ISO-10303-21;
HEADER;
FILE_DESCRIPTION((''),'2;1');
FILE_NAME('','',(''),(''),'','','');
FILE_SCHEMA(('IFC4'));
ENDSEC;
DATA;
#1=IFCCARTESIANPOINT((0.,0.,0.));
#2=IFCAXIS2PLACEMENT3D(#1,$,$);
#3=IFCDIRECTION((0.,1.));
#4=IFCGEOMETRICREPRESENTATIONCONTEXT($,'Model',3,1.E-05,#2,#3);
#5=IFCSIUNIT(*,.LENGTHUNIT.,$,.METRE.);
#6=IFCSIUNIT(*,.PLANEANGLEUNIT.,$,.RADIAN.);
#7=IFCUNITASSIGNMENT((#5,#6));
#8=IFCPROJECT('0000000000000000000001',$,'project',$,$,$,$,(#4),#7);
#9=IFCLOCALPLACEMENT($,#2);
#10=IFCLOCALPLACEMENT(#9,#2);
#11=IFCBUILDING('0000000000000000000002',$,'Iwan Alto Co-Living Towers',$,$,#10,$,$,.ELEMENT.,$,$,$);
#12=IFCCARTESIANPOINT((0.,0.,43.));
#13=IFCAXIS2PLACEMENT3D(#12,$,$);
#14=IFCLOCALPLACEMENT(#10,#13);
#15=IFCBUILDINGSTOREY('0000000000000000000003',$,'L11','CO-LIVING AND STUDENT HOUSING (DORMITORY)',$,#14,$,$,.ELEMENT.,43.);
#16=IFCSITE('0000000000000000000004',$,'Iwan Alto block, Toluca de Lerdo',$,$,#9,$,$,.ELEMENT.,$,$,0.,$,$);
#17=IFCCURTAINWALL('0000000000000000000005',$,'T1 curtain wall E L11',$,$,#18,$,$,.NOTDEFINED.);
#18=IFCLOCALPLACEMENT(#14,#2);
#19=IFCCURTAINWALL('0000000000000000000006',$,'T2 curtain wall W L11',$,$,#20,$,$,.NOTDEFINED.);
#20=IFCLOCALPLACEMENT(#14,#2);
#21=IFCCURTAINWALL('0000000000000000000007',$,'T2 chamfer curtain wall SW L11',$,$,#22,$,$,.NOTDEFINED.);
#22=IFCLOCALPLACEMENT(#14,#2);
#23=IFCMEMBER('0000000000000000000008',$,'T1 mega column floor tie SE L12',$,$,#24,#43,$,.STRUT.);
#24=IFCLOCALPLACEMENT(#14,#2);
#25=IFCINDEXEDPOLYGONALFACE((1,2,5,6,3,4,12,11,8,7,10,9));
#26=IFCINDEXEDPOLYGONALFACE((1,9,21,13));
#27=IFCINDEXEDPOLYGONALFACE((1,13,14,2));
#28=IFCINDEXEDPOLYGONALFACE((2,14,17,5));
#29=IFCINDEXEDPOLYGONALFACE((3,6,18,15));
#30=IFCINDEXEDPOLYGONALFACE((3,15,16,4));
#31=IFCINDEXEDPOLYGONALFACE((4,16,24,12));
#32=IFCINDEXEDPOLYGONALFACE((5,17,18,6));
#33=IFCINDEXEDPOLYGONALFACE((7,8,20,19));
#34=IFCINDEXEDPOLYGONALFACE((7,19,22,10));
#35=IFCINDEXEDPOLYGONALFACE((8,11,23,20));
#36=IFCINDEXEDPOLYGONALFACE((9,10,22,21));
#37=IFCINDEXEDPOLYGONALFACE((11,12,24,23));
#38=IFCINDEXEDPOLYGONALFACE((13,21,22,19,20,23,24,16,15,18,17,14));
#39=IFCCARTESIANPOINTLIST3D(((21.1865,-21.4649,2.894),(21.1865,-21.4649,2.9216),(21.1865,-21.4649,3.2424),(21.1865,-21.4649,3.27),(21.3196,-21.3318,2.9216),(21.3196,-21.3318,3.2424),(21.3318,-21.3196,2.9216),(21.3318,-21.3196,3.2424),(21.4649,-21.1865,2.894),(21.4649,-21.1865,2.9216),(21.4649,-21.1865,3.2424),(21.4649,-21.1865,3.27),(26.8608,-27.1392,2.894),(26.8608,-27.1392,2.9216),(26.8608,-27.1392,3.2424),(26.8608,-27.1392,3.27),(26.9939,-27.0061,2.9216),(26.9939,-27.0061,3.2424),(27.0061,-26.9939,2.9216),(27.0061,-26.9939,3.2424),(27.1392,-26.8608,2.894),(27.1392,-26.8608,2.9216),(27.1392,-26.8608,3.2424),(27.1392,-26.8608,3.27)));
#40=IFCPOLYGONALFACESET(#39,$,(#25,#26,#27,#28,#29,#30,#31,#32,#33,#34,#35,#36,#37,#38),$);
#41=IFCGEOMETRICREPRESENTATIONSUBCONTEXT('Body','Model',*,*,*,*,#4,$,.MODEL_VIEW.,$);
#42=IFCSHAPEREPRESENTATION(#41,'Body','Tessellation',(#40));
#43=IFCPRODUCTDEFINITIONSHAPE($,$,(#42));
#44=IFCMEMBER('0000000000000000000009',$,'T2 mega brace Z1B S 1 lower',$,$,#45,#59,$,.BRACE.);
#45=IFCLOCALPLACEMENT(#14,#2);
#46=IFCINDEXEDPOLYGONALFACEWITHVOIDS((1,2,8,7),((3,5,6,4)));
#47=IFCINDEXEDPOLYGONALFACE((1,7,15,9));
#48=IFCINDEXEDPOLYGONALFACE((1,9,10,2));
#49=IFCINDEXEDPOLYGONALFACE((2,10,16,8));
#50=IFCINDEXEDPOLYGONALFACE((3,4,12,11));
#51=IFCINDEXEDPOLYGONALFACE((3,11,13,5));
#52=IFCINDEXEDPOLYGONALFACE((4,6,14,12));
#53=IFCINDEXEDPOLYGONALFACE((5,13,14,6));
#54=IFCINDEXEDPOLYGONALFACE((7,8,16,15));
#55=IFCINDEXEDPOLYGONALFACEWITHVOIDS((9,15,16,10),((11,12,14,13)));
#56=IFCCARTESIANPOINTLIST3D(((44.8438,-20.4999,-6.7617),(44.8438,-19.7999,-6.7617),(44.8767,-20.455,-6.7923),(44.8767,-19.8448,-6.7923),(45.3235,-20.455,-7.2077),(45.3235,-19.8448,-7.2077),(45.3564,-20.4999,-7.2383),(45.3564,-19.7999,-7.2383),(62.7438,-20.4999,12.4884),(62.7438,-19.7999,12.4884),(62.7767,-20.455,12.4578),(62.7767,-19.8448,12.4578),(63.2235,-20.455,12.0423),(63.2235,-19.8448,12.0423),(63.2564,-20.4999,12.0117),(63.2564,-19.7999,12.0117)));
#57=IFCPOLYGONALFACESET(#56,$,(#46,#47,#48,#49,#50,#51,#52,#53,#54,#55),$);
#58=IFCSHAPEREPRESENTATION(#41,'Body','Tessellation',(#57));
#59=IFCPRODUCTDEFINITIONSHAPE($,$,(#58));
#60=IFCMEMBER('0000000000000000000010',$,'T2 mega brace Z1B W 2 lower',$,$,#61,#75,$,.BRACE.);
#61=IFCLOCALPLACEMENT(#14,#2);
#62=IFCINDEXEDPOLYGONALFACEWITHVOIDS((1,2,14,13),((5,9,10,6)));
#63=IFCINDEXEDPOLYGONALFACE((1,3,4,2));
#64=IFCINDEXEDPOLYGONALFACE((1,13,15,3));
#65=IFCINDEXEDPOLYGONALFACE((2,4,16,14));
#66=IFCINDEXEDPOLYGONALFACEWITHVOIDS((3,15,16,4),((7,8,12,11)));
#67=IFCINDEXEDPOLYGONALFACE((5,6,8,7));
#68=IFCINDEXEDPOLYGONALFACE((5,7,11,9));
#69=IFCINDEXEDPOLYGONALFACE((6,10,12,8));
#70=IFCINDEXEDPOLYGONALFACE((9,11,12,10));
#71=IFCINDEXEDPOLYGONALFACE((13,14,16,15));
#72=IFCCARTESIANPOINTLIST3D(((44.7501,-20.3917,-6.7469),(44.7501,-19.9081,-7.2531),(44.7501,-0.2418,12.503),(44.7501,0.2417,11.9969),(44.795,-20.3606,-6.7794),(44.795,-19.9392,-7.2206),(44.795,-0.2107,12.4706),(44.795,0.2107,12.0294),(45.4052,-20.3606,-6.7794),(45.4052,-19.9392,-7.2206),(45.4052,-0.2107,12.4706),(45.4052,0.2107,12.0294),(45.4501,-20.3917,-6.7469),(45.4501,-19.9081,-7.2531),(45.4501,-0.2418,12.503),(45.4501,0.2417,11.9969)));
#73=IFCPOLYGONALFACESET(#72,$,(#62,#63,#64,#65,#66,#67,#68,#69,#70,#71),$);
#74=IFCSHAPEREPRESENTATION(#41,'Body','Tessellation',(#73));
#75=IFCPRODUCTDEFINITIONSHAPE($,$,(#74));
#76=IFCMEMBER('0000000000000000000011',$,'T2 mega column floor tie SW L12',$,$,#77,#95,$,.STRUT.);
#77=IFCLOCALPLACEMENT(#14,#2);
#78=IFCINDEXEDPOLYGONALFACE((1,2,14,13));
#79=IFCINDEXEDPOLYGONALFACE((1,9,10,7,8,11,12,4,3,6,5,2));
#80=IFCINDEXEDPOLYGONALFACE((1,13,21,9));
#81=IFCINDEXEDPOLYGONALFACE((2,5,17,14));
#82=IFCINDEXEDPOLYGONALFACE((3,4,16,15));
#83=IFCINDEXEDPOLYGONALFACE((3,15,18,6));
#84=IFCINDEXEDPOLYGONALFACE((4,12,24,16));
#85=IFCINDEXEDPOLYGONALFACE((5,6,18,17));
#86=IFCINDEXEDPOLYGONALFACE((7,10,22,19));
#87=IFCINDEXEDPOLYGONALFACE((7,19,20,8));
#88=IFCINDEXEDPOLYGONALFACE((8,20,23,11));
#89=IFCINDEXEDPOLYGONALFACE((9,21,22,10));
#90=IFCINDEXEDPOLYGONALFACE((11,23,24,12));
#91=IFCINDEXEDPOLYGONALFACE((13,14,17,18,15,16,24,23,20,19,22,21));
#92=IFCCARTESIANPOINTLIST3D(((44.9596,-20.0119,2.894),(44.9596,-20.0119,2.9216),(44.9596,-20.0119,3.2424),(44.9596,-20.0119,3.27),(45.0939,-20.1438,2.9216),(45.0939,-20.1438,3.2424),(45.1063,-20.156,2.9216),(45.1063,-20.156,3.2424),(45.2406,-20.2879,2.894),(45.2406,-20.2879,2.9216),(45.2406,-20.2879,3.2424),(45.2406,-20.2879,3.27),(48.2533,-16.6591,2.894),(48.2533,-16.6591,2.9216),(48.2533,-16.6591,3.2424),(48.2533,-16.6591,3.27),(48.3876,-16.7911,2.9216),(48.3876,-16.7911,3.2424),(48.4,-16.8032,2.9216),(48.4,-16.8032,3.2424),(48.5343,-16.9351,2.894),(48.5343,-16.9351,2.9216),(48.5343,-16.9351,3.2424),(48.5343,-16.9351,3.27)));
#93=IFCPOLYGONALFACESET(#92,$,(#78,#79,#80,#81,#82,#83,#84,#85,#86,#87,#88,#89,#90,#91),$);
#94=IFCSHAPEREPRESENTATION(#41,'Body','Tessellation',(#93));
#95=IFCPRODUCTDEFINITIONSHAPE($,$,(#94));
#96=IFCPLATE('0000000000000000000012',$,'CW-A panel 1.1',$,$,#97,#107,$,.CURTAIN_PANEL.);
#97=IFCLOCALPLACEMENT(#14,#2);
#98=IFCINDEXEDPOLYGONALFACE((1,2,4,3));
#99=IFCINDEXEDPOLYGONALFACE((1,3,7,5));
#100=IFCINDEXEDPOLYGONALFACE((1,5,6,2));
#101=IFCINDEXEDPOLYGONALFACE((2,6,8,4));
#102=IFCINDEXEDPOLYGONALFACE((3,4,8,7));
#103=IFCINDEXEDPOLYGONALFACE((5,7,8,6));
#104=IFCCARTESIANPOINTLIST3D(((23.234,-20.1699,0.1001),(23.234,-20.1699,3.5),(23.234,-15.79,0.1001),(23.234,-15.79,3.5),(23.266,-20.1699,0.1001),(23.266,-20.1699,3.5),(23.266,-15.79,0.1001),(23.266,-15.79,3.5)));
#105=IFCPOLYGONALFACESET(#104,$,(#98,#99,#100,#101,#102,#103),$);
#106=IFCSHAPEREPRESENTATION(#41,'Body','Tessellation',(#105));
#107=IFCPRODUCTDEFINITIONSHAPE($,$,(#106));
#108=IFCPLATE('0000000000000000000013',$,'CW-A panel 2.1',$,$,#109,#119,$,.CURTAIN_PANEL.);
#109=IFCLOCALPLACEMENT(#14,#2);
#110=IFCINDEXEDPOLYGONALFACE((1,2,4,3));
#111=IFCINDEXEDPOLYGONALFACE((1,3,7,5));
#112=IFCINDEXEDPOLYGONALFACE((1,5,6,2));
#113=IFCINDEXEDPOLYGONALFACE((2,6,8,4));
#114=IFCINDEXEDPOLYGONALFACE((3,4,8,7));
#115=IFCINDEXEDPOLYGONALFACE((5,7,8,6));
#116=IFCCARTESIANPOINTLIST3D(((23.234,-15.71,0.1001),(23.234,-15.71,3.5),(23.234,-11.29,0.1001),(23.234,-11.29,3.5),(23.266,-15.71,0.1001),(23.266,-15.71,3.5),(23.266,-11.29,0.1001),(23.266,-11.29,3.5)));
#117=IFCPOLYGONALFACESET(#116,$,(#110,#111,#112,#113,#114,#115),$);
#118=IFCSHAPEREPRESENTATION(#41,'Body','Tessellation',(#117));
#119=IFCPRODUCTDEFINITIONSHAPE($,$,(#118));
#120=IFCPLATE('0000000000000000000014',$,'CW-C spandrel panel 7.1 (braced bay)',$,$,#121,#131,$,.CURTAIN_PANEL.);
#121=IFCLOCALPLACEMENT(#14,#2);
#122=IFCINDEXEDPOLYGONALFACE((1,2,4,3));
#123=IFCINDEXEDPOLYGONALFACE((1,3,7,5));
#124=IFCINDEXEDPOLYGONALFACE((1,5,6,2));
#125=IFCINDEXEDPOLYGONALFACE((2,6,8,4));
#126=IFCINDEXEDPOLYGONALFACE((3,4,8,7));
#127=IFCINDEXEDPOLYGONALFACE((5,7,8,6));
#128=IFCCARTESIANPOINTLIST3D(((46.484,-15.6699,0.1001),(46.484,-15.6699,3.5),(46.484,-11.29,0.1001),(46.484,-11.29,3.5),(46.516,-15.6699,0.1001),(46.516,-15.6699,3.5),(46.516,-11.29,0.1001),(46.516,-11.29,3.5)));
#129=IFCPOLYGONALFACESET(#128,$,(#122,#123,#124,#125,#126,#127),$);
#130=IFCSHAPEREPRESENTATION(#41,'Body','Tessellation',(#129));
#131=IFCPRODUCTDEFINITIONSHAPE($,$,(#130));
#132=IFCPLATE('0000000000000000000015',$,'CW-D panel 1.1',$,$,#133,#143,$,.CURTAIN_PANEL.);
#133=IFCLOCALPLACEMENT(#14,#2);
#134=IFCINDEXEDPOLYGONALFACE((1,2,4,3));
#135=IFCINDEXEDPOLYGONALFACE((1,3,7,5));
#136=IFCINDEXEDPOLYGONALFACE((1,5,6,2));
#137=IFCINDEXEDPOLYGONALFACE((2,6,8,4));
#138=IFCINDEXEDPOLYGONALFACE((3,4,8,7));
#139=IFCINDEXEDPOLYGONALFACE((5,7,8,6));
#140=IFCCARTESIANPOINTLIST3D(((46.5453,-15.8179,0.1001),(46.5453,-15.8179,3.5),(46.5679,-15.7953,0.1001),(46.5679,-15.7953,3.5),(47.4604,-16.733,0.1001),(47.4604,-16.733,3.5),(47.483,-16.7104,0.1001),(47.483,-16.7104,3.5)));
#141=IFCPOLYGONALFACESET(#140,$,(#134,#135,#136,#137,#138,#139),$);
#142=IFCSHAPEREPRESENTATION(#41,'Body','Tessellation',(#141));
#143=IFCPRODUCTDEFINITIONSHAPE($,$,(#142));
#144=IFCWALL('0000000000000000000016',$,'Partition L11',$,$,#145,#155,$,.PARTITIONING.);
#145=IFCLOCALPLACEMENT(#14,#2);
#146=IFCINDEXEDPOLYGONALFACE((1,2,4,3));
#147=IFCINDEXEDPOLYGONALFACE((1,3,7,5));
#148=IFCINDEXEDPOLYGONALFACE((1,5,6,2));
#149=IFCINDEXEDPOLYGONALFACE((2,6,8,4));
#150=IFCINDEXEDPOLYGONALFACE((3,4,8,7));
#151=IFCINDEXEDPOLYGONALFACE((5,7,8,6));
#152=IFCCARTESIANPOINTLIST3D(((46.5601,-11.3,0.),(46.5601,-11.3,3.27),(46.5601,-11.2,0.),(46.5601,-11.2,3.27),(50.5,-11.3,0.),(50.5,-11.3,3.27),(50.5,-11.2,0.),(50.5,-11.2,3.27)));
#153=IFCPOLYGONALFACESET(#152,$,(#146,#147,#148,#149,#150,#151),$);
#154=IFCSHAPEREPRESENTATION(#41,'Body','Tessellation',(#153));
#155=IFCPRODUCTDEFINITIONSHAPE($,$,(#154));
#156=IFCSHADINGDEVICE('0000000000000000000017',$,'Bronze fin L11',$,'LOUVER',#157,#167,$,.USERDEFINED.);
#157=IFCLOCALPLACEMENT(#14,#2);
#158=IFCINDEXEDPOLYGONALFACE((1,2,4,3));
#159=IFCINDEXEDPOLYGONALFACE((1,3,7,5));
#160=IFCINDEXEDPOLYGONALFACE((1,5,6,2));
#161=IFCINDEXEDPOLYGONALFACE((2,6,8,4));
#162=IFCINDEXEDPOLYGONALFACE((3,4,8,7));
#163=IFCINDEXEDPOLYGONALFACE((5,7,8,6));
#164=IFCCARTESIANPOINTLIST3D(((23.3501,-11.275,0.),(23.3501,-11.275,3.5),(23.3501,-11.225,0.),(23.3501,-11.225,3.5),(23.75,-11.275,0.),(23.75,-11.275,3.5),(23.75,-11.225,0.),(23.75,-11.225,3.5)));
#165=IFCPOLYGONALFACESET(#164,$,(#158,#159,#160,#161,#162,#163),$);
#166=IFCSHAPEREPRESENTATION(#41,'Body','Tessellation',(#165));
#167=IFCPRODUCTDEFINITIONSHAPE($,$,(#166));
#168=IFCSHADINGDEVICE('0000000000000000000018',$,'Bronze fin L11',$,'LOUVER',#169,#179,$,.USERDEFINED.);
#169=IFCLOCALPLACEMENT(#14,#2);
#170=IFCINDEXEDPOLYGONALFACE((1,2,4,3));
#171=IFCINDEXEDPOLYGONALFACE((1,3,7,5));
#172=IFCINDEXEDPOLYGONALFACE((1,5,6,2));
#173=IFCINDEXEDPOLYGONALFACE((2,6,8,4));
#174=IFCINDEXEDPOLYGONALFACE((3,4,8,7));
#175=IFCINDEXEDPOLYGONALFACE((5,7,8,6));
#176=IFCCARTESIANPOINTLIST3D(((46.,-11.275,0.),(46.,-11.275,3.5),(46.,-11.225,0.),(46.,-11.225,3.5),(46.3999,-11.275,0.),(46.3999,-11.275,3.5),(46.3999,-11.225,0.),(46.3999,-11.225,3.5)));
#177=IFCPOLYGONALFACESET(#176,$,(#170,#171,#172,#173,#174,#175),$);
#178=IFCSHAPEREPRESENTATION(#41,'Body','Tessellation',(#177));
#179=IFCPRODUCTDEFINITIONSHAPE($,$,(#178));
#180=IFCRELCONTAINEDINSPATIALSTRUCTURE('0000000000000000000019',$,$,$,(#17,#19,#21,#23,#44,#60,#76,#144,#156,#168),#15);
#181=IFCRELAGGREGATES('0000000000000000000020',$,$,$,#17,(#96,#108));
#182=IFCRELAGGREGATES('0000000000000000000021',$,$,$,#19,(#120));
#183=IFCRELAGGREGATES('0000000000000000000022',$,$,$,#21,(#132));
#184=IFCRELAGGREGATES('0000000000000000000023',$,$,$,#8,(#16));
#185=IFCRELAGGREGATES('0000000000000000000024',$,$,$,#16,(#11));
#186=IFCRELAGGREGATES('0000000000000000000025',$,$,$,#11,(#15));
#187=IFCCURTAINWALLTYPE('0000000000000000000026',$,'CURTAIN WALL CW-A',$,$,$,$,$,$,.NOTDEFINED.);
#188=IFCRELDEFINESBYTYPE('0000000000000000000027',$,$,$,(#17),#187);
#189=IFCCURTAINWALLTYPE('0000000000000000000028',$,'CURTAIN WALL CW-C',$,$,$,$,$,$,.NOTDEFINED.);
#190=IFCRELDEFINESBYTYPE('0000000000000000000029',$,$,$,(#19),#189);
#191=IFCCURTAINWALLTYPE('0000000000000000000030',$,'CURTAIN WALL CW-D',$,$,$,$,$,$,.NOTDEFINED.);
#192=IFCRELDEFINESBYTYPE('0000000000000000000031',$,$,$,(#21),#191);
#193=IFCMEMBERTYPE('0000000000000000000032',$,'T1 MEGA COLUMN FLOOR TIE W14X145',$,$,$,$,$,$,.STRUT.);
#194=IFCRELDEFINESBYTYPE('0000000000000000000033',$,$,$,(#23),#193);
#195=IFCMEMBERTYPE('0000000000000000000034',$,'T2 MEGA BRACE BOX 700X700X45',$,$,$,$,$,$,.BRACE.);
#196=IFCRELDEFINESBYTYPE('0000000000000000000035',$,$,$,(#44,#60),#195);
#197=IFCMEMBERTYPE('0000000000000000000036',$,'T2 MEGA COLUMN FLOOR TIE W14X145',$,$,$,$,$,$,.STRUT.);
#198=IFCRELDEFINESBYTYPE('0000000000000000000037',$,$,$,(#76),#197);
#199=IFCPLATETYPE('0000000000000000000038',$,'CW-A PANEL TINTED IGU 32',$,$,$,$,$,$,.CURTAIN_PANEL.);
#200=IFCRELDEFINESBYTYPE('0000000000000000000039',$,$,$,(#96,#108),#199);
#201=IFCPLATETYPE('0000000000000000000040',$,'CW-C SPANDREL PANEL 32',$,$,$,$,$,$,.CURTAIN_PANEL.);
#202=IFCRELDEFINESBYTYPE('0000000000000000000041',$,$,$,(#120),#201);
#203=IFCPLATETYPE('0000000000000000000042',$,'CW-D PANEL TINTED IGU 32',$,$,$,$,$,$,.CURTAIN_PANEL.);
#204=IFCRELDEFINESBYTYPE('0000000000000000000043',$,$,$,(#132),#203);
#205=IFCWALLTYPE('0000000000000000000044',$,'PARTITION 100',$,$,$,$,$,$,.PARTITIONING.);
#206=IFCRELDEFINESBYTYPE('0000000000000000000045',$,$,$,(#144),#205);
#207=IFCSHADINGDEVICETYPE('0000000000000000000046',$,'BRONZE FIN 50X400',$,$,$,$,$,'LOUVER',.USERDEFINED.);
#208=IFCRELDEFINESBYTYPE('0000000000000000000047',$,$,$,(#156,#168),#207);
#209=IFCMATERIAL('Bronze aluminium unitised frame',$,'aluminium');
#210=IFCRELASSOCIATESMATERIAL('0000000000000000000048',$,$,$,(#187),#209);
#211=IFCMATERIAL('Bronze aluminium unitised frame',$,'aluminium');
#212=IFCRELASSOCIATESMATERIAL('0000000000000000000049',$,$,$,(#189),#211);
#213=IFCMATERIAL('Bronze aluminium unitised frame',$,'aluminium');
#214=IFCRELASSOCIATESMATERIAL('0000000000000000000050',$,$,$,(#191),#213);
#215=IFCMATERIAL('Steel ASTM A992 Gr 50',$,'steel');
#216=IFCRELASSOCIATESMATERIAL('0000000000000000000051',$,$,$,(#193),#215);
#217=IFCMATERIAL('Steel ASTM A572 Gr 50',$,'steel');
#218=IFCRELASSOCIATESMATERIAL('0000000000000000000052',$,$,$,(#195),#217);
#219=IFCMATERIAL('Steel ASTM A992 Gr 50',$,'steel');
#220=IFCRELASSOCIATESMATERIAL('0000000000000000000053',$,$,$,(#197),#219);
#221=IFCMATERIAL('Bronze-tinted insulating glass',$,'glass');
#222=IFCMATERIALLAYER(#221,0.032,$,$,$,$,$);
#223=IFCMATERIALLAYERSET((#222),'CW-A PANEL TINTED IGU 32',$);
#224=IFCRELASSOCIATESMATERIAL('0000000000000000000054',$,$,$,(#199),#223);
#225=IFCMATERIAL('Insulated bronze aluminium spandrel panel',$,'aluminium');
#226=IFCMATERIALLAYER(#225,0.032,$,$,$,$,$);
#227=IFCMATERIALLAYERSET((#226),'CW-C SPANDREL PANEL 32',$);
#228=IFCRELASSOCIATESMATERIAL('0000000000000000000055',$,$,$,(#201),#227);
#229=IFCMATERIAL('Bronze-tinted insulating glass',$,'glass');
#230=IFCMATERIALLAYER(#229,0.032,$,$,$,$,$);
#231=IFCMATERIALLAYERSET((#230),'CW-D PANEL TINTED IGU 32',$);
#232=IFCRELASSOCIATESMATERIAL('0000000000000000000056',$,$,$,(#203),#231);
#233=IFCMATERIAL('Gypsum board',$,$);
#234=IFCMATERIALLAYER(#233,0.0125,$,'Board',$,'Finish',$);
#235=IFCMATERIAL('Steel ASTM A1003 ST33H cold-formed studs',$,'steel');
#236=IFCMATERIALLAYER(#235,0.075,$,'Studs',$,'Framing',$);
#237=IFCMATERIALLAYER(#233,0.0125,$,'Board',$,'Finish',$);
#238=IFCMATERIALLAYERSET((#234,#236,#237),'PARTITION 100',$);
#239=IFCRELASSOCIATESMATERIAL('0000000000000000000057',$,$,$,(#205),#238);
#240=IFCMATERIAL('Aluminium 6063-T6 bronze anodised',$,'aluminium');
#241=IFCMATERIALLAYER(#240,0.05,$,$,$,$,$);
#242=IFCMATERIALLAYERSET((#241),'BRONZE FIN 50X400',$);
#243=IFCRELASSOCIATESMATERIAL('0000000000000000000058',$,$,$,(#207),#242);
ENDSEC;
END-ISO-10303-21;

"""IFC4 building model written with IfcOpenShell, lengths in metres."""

from ifc_helpers import new_model, si_unit, direction, frame, frame_2d, origin, origin_2d, place, context, subcontext, project, spatial, rectangle, hollow_rectangle, i_section, extrude, material, layer, layer_set, material_profile, profile_set, type_object, element, aggregate, save


model = new_model("IFC4")

# Units and contexts
model_context = context("Model", 3, precision=1e-05, world=origin(), true_north=direction((0.0, 1.0)))
body_context = subcontext(model_context, "Body", "Model", "MODEL_VIEW")
ifc_project = project(units=[si_unit("LENGTHUNIT", "METRE"), si_unit("PLANEANGLEUNIT", "RADIAN")], contexts=[model_context])

# Site, building, storey
site_placement = place(None, origin())
site = spatial("IfcSite", under=ifc_project, at=site_placement, Name="Iwan Alto block, Toluca de Lerdo", CompositionType="ELEMENT", RefElevation=0.0)
building_placement = place(site_placement, origin())
building = spatial("IfcBuilding", under=site, at=building_placement, Name="Iwan Alto Co-Living Towers", CompositionType="ELEMENT")
storey_placement = place(building_placement, frame((0.0, 0.0, 43.0)))
storey = spatial("IfcBuildingStorey", under=building, at=storey_placement, Name="L11", Description="CO-LIVING AND STUDENT HOUSING (DORMITORY)", CompositionType="ELEMENT", Elevation=43.0)

# Curtain walls
ifc_material_1 = material(Name="Bronze aluminium unitised frame", Category="aluminium")
curtain_wall_type_1 = type_object("IfcCurtainWallType", Name="CURTAIN WALL CW-A", PredefinedType="NOTDEFINED", material=ifc_material_1)
curtain_wall_1_placement = place(storey_placement, origin())
curtain_wall_1 = element("IfcCurtainWall", 1, at=curtain_wall_1_placement, inside=storey, type_object=curtain_wall_type_1, Name="T1 curtain wall E L11", PredefinedType="NOTDEFINED")
ifc_material_2 = material(Name="Bronze aluminium unitised frame", Category="aluminium")
curtain_wall_type_2 = type_object("IfcCurtainWallType", Name="CURTAIN WALL CW-C", PredefinedType="NOTDEFINED", material=ifc_material_2)
curtain_wall_2_placement = place(storey_placement, origin())
curtain_wall_2 = element("IfcCurtainWall", 2, at=curtain_wall_2_placement, inside=storey, type_object=curtain_wall_type_2, Name="T2 curtain wall W L11", PredefinedType="NOTDEFINED")
ifc_material_3 = material(Name="Bronze aluminium unitised frame", Category="aluminium")
curtain_wall_type_3 = type_object("IfcCurtainWallType", Name="CURTAIN WALL CW-D", PredefinedType="NOTDEFINED", material=ifc_material_3)
curtain_wall_3_placement = place(storey_placement, origin())
curtain_wall_3 = element("IfcCurtainWall", 3, at=curtain_wall_3_placement, inside=storey, type_object=curtain_wall_type_3, Name="T2 chamfer curtain wall SW L11", PredefinedType="NOTDEFINED")

# Members
ifc_material_4 = material(Name="Steel ASTM A992 Gr 50", Category="steel")
ifc_material_profile_1 = material_profile(ifc_material_4, i_section(OverallWidth=0.3938, OverallDepth=0.376, WebThickness=0.0173, FlangeThickness=0.0276, at=origin_2d()), Name="W14X145")
ifc_profile_set_1 = profile_set([ifc_material_profile_1], Name="Steel ASTM A992 Gr 50")
member_type_1 = type_object("IfcMemberType", Name="T1 MEGA COLUMN FLOOR TIE W14X145", PredefinedType="STRUT", material=ifc_profile_set_1)
member_1_placement = place(storey_placement, frame((27.0, -27.0, 3.082), z_axis=(-0.707107, 0.707107, 0.0), x_axis=(-0.707107, -0.707107, 0.0)))
element("IfcMember", 4, at=member_1_placement, inside=storey, type_object=member_type_1, Name="T1 mega column floor tie SE L12", PredefinedType="STRUT", context=body_context, shape_type="SweptSolid", body=[
    extrude(i_section(OverallWidth=0.3938, OverallDepth=0.376, WebThickness=0.0173, FlangeThickness=0.0276, at=origin_2d()), origin(), (0.0, 0.0, 1.0), 8.0247),
])
ifc_material_5 = material(Name="Steel ASTM A572 Gr 50", Category="steel")
ifc_material_profile_2 = material_profile(ifc_material_5, hollow_rectangle(XDim=0.7, YDim=0.7, WallThickness=0.0449, at=origin_2d()), Name="BOX 700X700X45")
ifc_profile_set_2 = profile_set([ifc_material_profile_2], Name="Steel ASTM A572 Gr 50")
member_type_2 = type_object("IfcMemberType", Name="T2 MEGA BRACE BOX 700X700X45", PredefinedType="BRACE", material=ifc_profile_set_2)
member_2_placement = place(storey_placement, frame((45.1001, -20.1499, -7.0), z_axis=(0.68096, 0.0, 0.732321), x_axis=(0.0, 1.0, 0.0)))
element("IfcMember", 5, at=member_2_placement, inside=storey, type_object=member_type_2, Name="T2 mega brace Z1B S 1 lower", PredefinedType="BRACE", context=body_context, shape_type="SweptSolid", body=[
    extrude(hollow_rectangle(XDim=0.7, YDim=0.7, WallThickness=0.0449, at=origin_2d()), origin(), (0.0, 0.0, 1.0), 26.2864),
])
member_3_placement = place(storey_placement, frame((45.1001, -20.1499, -7.0), z_axis=(0.0, 0.723069, 0.690776), x_axis=(-1.0, 0.0, 0.0)))
element("IfcMember", 6, at=member_3_placement, inside=storey, type_object=member_type_2, Name="T2 mega brace Z1B W 2 lower", PredefinedType="BRACE", context=body_context, shape_type="SweptSolid", body=[
    extrude(hollow_rectangle(XDim=0.7, YDim=0.7, WallThickness=0.0449, at=origin_2d()), origin(), (0.0, 0.0, 1.0), 27.8672),
])
ifc_material_6 = material(Name="Steel ASTM A992 Gr 50", Category="steel")
ifc_material_profile_3 = material_profile(ifc_material_6, i_section(OverallWidth=0.3938, OverallDepth=0.376, WebThickness=0.0173, FlangeThickness=0.0276, at=origin_2d()), Name="W14X145")
ifc_profile_set_3 = profile_set([ifc_material_profile_3], Name="Steel ASTM A992 Gr 50")
member_type_3 = type_object("IfcMemberType", Name="T2 MEGA COLUMN FLOOR TIE W14X145", PredefinedType="STRUT", material=ifc_profile_set_3)
member_4_placement = place(storey_placement, frame((45.1001, -20.1499, 3.082), z_axis=(0.700793, 0.713364, 0.0), x_axis=(-0.713364, 0.700793, 0.0)))
element("IfcMember", 7, at=member_4_placement, inside=storey, type_object=member_type_3, Name="T2 mega column floor tie SW L12", PredefinedType="STRUT", context=body_context, shape_type="SweptSolid", body=[
    extrude(i_section(OverallWidth=0.3938, OverallDepth=0.376, WebThickness=0.0173, FlangeThickness=0.0276, at=origin_2d()), origin(), (0.0, 0.0, 1.0), 4.7),
])

# Plates
ifc_material_7 = material(Name="Bronze-tinted insulating glass", Category="glass")
ifc_layer_1 = layer(ifc_material_7, 0.032)
ifc_layer_set_1 = layer_set([ifc_layer_1], Name="CW-A PANEL TINTED IGU 32")
plate_type_1 = type_object("IfcPlateType", Name="CW-A PANEL TINTED IGU 32", PredefinedType="CURTAIN_PANEL", material=ifc_layer_set_1)
plate_1_placement = place(storey_placement, frame((23.25, -17.98, 0.1001), z_axis=(0.0, 0.0, 1.0), x_axis=(0.0, 1.0, 0.0)))
plate_1 = element("IfcPlate", 8, at=plate_1_placement, type_object=plate_type_1, Name="CW-A panel 1.1", PredefinedType="CURTAIN_PANEL", context=body_context, shape_type="SweptSolid", body=[
    extrude(rectangle(XDim=4.3799, YDim=0.032, at=origin_2d()), origin(), (0.0, 0.0, 1.0), 3.3999),
])
plate_2_placement = place(storey_placement, frame((23.25, -13.5, 0.1001), z_axis=(0.0, 0.0, 1.0), x_axis=(0.0, 1.0, 0.0)))
plate_2 = element("IfcPlate", 9, at=plate_2_placement, type_object=plate_type_1, Name="CW-A panel 2.1", PredefinedType="CURTAIN_PANEL", context=body_context, shape_type="SweptSolid", body=[
    extrude(rectangle(XDim=4.4199, YDim=0.032, at=origin_2d()), origin(), (0.0, 0.0, 1.0), 3.3999),
])
aggregate(curtain_wall_1, [plate_1, plate_2])
ifc_material_8 = material(Name="Insulated bronze aluminium spandrel panel", Category="aluminium")
ifc_layer_2 = layer(ifc_material_8, 0.032)
ifc_layer_set_2 = layer_set([ifc_layer_2], Name="CW-C SPANDREL PANEL 32")
plate_type_2 = type_object("IfcPlateType", Name="CW-C SPANDREL PANEL 32", PredefinedType="CURTAIN_PANEL", material=ifc_layer_set_2)
plate_3_placement = place(storey_placement, frame((46.5, -13.48, 0.1001), z_axis=(0.0, 0.0, 1.0), x_axis=(0.0, -1.0, 0.0)))
plate_3 = element("IfcPlate", 10, at=plate_3_placement, type_object=plate_type_2, Name="CW-C spandrel panel 7.1 (braced bay)", PredefinedType="CURTAIN_PANEL", context=body_context, shape_type="SweptSolid", body=[
    extrude(rectangle(XDim=4.3799, YDim=0.032, at=origin_2d()), origin(), (0.0, 0.0, 1.0), 3.3999),
])
aggregate(curtain_wall_2, [plate_3])
ifc_material_9 = material(Name="Bronze-tinted insulating glass", Category="glass")
ifc_layer_3 = layer(ifc_material_9, 0.032)
ifc_layer_set_3 = layer_set([ifc_layer_3], Name="CW-D PANEL TINTED IGU 32")
plate_type_3 = type_object("IfcPlateType", Name="CW-D PANEL TINTED IGU 32", PredefinedType="CURTAIN_PANEL", material=ifc_layer_set_3)
plate_4_placement = place(storey_placement, frame((47.0142, -16.2642, 0.1001), z_axis=(0.0, 0.0, 1.0), x_axis=(0.707107, -0.707107, 0.0)))
plate_4 = element("IfcPlate", 11, at=plate_4_placement, type_object=plate_type_3, Name="CW-D panel 1.1", PredefinedType="CURTAIN_PANEL", context=body_context, shape_type="SweptSolid", body=[
    extrude(rectangle(XDim=1.2942, YDim=0.032, at=origin_2d()), origin(), (0.0, 0.0, 1.0), 3.3999),
])
aggregate(curtain_wall_3, [plate_4])

# Wall
ifc_material_10 = material(Name="Gypsum board")
ifc_layer_4 = layer(ifc_material_10, 0.0125, Name="Board", Category="Finish")
ifc_material_11 = material(Name="Steel ASTM A1003 ST33H cold-formed studs", Category="steel")
ifc_layer_5 = layer(ifc_material_11, 0.075, Name="Studs", Category="Framing")
ifc_layer_6 = layer(ifc_material_10, 0.0125, Name="Board", Category="Finish")
ifc_layer_set_4 = layer_set([ifc_layer_4, ifc_layer_5, ifc_layer_6], Name="PARTITION 100")
wall_type = type_object("IfcWallType", Name="PARTITION 100", PredefinedType="PARTITIONING", material=ifc_layer_set_4)
wall_placement = place(storey_placement, frame((46.5601, -11.25, 0.0), z_axis=(0.0, 0.0, 1.0), x_axis=(1.0, 0.0, 0.0)))
element("IfcWall", 12, at=wall_placement, inside=storey, type_object=wall_type, Name="Partition L11", PredefinedType="PARTITIONING", context=body_context, shape_type="SweptSolid", body=[
    extrude(rectangle(XDim=3.9399, YDim=0.1001, at=frame_2d((1.97, 0.0))), origin(), (0.0, 0.0, 1.0), 3.27),
])

# Shading devices
ifc_material_12 = material(Name="Aluminium 6063-T6 bronze anodised", Category="aluminium")
ifc_layer_7 = layer(ifc_material_12, 0.05)
ifc_layer_set_5 = layer_set([ifc_layer_7], Name="BRONZE FIN 50X400")
shading_device_type = type_object("IfcShadingDeviceType", Name="BRONZE FIN 50X400", ElementType="LOUVER", PredefinedType="USERDEFINED", material=ifc_layer_set_5)
for number, where, z_axis, x_axis, name in (
    (13, (23.55, -11.25, 0.0), (0.0, 0.0, 1.0), (0.0, 1.0, 0.0), "Bronze fin L11"),
    (14, (46.2, -11.25, 0.0), (0.0, 0.0, 1.0), (0.0, -1.0, 0.0), "Bronze fin L11"),
):
    element("IfcShadingDevice", number, at=place(storey_placement, frame(where, z_axis=z_axis, x_axis=x_axis)), inside=storey, type_object=shading_device_type, Name=name, ObjectType="LOUVER", PredefinedType="USERDEFINED", context=body_context, shape_type="SweptSolid", body=[
        extrude(rectangle(XDim=0.05, YDim=0.3999, at=origin_2d()), origin(), (0.0, 0.0, 1.0), 3.5),
    ])

save(model, "model.ifc")
